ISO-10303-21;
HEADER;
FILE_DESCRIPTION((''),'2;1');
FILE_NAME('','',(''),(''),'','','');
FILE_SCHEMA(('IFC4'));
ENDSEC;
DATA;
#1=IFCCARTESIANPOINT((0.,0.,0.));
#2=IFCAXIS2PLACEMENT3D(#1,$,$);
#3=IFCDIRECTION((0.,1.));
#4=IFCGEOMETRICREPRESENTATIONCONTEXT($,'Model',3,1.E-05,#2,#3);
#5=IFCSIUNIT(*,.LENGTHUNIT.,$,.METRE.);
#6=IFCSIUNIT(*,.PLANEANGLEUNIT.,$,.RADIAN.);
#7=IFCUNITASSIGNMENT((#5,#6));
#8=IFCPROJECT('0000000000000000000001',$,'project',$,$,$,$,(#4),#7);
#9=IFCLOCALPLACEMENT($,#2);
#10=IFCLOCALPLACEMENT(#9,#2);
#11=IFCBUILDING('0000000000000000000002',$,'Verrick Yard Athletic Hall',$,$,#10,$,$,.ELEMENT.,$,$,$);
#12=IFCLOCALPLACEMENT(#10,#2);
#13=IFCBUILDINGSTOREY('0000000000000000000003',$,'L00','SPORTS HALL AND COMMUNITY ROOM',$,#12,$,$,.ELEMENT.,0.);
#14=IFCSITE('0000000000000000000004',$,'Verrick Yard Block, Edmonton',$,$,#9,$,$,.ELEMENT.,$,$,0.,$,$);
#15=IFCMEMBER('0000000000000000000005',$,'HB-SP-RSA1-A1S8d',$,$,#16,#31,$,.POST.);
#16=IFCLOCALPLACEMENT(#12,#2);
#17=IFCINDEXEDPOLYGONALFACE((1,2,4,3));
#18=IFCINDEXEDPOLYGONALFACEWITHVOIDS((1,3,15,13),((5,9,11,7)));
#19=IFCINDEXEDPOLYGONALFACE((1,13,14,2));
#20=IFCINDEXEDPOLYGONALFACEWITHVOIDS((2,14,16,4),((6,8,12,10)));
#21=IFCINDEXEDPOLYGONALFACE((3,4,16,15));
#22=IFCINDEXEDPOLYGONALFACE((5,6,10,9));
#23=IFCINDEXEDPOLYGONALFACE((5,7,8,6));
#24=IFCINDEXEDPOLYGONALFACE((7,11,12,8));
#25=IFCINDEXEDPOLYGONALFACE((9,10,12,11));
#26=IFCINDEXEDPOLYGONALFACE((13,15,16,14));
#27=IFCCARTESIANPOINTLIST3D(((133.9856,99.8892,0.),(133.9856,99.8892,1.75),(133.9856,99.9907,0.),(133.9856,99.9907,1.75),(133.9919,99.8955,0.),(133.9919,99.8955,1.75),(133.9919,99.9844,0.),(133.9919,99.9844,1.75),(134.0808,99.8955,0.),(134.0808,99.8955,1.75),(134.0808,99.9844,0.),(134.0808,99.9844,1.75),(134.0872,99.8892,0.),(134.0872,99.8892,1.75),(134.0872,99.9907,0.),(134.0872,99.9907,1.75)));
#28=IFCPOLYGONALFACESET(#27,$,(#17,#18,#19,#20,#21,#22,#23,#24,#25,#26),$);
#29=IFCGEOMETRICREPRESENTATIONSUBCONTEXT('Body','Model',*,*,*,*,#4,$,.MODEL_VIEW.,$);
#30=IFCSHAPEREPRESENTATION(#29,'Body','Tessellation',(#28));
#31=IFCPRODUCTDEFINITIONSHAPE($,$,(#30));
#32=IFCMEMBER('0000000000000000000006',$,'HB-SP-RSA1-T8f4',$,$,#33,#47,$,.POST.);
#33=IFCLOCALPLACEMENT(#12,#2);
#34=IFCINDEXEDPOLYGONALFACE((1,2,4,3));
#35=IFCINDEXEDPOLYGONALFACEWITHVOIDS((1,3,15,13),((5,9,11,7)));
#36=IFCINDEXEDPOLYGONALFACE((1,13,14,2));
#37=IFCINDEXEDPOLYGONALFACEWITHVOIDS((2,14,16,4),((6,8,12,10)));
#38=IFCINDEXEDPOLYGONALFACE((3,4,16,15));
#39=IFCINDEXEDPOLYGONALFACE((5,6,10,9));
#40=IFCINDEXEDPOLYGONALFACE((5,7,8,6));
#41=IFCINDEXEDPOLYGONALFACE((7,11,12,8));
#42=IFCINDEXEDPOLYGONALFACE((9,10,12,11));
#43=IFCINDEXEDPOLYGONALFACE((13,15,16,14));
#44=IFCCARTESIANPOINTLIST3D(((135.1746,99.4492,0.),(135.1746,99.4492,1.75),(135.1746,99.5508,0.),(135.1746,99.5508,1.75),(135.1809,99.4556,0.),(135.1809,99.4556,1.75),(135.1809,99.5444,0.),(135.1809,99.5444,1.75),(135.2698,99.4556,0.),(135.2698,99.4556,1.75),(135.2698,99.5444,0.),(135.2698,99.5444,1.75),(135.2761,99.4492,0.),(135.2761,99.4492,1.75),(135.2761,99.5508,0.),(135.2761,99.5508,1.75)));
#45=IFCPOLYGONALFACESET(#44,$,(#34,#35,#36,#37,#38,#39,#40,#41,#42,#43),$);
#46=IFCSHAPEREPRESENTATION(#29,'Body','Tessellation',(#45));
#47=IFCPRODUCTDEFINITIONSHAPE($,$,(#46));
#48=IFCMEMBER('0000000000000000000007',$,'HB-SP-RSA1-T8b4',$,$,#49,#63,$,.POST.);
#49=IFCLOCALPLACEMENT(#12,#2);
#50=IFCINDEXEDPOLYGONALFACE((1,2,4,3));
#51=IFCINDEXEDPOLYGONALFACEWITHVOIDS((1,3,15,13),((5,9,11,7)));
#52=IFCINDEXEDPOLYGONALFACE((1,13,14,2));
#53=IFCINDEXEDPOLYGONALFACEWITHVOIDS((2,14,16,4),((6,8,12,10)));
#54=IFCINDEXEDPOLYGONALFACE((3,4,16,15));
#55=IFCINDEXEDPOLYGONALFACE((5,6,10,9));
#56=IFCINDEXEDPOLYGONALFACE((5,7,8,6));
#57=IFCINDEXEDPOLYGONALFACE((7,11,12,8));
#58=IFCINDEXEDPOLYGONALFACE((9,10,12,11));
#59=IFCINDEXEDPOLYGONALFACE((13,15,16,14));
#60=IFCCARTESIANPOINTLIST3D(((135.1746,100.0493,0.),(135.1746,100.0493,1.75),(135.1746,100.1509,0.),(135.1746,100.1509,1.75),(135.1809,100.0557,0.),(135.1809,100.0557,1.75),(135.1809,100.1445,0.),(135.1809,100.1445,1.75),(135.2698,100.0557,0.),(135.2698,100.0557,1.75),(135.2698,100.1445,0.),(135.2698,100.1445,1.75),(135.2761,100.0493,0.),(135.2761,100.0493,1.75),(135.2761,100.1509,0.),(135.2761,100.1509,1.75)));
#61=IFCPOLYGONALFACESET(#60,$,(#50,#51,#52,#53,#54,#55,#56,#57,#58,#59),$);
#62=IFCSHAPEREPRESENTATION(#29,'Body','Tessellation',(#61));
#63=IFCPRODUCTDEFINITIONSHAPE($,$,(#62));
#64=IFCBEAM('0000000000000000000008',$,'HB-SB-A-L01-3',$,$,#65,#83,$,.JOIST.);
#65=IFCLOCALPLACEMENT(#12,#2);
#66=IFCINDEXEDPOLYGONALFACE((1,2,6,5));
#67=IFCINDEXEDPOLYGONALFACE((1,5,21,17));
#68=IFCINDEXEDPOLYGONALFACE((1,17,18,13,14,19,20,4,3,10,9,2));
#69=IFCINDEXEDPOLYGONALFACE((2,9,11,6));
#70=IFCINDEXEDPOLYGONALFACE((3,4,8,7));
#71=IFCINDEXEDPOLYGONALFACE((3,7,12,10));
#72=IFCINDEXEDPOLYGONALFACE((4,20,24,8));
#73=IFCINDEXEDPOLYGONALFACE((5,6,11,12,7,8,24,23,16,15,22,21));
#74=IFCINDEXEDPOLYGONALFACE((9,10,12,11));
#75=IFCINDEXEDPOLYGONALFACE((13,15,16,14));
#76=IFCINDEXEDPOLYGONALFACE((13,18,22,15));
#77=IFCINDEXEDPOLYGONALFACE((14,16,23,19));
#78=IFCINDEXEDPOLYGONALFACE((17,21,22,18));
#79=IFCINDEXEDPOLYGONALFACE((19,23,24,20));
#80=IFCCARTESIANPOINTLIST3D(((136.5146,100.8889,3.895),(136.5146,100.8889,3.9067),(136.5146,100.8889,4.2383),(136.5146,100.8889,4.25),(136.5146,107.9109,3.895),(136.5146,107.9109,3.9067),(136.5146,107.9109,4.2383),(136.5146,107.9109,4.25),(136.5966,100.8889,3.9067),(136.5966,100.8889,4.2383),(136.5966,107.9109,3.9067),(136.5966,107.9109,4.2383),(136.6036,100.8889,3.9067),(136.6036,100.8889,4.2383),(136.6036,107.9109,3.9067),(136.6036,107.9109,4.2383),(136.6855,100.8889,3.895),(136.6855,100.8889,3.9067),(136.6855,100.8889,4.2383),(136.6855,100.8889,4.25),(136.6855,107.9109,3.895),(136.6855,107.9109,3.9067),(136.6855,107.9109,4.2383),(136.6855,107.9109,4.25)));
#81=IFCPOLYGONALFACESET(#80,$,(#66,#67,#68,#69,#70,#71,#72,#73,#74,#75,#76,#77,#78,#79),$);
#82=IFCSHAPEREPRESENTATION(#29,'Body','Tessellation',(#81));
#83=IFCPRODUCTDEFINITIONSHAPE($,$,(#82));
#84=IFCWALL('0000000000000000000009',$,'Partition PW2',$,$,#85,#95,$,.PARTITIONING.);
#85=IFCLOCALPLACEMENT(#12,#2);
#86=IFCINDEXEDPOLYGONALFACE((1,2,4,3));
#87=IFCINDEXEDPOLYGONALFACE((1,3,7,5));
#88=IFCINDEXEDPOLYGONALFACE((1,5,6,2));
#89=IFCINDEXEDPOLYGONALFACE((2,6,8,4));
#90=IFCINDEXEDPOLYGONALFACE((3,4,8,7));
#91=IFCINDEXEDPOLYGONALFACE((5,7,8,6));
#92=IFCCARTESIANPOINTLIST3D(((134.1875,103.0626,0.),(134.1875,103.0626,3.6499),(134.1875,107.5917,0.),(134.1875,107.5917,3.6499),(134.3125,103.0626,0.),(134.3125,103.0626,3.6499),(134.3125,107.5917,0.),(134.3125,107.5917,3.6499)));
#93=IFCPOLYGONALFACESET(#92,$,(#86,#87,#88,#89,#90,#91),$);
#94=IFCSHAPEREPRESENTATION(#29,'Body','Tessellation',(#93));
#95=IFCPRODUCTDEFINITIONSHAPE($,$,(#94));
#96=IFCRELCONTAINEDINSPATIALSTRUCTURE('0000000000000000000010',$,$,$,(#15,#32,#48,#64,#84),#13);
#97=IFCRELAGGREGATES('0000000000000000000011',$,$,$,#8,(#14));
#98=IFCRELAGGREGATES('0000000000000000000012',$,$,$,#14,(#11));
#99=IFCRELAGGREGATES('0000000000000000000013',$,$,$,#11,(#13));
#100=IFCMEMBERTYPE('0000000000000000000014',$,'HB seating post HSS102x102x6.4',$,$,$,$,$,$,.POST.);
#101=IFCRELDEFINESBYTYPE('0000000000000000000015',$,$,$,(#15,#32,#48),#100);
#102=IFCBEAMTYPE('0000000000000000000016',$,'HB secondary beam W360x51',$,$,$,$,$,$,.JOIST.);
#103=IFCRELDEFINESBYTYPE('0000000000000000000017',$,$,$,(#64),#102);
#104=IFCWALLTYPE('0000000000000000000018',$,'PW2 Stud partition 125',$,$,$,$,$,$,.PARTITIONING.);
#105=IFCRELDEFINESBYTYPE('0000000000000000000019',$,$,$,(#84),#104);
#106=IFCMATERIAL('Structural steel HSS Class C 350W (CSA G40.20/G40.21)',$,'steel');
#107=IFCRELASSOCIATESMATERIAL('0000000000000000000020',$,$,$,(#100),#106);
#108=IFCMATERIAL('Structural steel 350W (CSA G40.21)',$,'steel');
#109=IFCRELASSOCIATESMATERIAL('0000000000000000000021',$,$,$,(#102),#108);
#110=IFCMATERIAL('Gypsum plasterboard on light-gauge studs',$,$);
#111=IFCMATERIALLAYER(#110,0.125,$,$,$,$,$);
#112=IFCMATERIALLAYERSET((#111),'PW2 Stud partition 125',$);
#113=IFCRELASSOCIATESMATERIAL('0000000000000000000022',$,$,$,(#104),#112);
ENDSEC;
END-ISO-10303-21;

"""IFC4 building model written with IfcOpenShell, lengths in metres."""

from ifc_helpers import new_model, si_unit, direction, frame, frame_2d, origin, origin_2d, place, context, subcontext, project, spatial, rectangle, hollow_rectangle, i_section, extrude, material, layer, layer_set, material_profile, profile_set, type_object, element, save


model = new_model("IFC4")

# Units and contexts
model_context = context("Model", 3, precision=1e-05, world=origin(), true_north=direction((0.0, 1.0)))
body_context = subcontext(model_context, "Body", "Model", "MODEL_VIEW")
ifc_project = project(units=[si_unit("LENGTHUNIT", "METRE"), si_unit("PLANEANGLEUNIT", "RADIAN")], contexts=[model_context])

# Site, building, storey
site_placement = place(None, origin())
site = spatial("IfcSite", under=ifc_project, at=site_placement, Name="Verrick Yard Block, Edmonton", CompositionType="ELEMENT", RefElevation=0.0)
building_placement = place(site_placement, origin())
building = spatial("IfcBuilding", under=site, at=building_placement, Name="Verrick Yard Athletic Hall", CompositionType="ELEMENT")
storey_placement = place(building_placement, origin())
storey = spatial("IfcBuildingStorey", under=building, at=storey_placement, Name="L00", Description="SPORTS HALL AND COMMUNITY ROOM", CompositionType="ELEMENT", Elevation=0.0)

# Shared definitions
ifc_material_1 = material(Name="Structural steel 350W (CSA G40.21)", Category="steel")

# Members
ifc_material_2 = material(Name="Structural steel HSS Class C 350W (CSA G40.20/G40.21)", Category="steel")
ifc_material_profile_1 = material_profile(ifc_material_2, hollow_rectangle(XDim=0.1016, YDim=0.1016, WallThickness=0.0063, at=origin_2d()), Name="HSS102x102x6.4")
ifc_profile_set_1 = profile_set([ifc_material_profile_1], Name="Structural steel HSS Class C 350W (CSA G40.20/G40.21)")
member_type = type_object("IfcMemberType", Name="HB seating post HSS102x102x6.4", PredefinedType="POST", material=ifc_profile_set_1)
for number, where, z_axis, x_axis, name in (
    (1, (134.0364, 99.9399, 0.0), (0.0, 0.0, 1.0), (0.0, 1.0, 0.0), "HB-SP-RSA1-A1S8d"),
    (2, (135.2253, 99.5, 0.0), (0.0, 0.0, 1.0), (0.0, 1.0, 0.0), "HB-SP-RSA1-T8f4"),
    (3, (135.2253, 100.1001, 0.0), (0.0, 0.0, 1.0), (0.0, 1.0, 0.0), "HB-SP-RSA1-T8b4"),
):
    element("IfcMember", number, at=place(storey_placement, frame(where, z_axis=z_axis, x_axis=x_axis)), inside=storey, type_object=member_type, Name=name, PredefinedType="POST", context=body_context, shape_type="SweptSolid", body=[
        extrude(hollow_rectangle(XDim=0.1016, YDim=0.1016, WallThickness=0.0063, at=origin_2d()), origin(), (0.0, 0.0, 1.0), 1.75),
    ])

# Beam
ifc_material_profile_2 = material_profile(ifc_material_1, i_section(OverallWidth=0.1709, OverallDepth=0.355, WebThickness=0.0071, FlangeThickness=0.0117, at=origin_2d()), Name="W360x51")
ifc_profile_set_2 = profile_set([ifc_material_profile_2], Name="Structural steel 350W (CSA G40.21)")
beam_type_1 = type_object("IfcBeamType", Name="HB secondary beam W360x51", PredefinedType="JOIST", material=ifc_profile_set_2)
beam_placement = place(storey_placement, frame((136.6001, 100.8889, 4.0725), z_axis=(0.0, 1.0, 0.0), x_axis=(-1.0, 0.0, 0.0)))
element("IfcBeam", 4, at=beam_placement, inside=storey, type_object=beam_type_1, Name="HB-SB-A-L01-3", PredefinedType="JOIST", context=body_context, shape_type="SweptSolid", body=[
    extrude(i_section(OverallWidth=0.1709, OverallDepth=0.355, WebThickness=0.0071, FlangeThickness=0.0117, at=origin_2d()), origin(), (0.0, 0.0, 1.0), 7.022),
])

# Wall
ifc_material_3 = material(Name="Gypsum plasterboard on light-gauge studs")
ifc_layer = layer(ifc_material_3, 0.125)
ifc_layer_set = layer_set([ifc_layer], Name="PW2 Stud partition 125")
wall_type = type_object("IfcWallType", Name="PW2 Stud partition 125", PredefinedType="PARTITIONING", material=ifc_layer_set)
wall_placement = place(storey_placement, frame((134.25, 103.0625, 0.0), z_axis=(0.0, 0.0, 1.0), x_axis=(0.0, 1.0, 0.0)))
element("IfcWall", 5, at=wall_placement, inside=storey, type_object=wall_type, Name="Partition PW2", PredefinedType="PARTITIONING", context=body_context, shape_type="SweptSolid", body=[
    extrude(rectangle(XDim=4.5291, YDim=0.125, at=frame_2d((2.2646, 0.0))), origin(), (0.0, 0.0, 1.0), 3.6499),
])

save(model, "model.ifc")
